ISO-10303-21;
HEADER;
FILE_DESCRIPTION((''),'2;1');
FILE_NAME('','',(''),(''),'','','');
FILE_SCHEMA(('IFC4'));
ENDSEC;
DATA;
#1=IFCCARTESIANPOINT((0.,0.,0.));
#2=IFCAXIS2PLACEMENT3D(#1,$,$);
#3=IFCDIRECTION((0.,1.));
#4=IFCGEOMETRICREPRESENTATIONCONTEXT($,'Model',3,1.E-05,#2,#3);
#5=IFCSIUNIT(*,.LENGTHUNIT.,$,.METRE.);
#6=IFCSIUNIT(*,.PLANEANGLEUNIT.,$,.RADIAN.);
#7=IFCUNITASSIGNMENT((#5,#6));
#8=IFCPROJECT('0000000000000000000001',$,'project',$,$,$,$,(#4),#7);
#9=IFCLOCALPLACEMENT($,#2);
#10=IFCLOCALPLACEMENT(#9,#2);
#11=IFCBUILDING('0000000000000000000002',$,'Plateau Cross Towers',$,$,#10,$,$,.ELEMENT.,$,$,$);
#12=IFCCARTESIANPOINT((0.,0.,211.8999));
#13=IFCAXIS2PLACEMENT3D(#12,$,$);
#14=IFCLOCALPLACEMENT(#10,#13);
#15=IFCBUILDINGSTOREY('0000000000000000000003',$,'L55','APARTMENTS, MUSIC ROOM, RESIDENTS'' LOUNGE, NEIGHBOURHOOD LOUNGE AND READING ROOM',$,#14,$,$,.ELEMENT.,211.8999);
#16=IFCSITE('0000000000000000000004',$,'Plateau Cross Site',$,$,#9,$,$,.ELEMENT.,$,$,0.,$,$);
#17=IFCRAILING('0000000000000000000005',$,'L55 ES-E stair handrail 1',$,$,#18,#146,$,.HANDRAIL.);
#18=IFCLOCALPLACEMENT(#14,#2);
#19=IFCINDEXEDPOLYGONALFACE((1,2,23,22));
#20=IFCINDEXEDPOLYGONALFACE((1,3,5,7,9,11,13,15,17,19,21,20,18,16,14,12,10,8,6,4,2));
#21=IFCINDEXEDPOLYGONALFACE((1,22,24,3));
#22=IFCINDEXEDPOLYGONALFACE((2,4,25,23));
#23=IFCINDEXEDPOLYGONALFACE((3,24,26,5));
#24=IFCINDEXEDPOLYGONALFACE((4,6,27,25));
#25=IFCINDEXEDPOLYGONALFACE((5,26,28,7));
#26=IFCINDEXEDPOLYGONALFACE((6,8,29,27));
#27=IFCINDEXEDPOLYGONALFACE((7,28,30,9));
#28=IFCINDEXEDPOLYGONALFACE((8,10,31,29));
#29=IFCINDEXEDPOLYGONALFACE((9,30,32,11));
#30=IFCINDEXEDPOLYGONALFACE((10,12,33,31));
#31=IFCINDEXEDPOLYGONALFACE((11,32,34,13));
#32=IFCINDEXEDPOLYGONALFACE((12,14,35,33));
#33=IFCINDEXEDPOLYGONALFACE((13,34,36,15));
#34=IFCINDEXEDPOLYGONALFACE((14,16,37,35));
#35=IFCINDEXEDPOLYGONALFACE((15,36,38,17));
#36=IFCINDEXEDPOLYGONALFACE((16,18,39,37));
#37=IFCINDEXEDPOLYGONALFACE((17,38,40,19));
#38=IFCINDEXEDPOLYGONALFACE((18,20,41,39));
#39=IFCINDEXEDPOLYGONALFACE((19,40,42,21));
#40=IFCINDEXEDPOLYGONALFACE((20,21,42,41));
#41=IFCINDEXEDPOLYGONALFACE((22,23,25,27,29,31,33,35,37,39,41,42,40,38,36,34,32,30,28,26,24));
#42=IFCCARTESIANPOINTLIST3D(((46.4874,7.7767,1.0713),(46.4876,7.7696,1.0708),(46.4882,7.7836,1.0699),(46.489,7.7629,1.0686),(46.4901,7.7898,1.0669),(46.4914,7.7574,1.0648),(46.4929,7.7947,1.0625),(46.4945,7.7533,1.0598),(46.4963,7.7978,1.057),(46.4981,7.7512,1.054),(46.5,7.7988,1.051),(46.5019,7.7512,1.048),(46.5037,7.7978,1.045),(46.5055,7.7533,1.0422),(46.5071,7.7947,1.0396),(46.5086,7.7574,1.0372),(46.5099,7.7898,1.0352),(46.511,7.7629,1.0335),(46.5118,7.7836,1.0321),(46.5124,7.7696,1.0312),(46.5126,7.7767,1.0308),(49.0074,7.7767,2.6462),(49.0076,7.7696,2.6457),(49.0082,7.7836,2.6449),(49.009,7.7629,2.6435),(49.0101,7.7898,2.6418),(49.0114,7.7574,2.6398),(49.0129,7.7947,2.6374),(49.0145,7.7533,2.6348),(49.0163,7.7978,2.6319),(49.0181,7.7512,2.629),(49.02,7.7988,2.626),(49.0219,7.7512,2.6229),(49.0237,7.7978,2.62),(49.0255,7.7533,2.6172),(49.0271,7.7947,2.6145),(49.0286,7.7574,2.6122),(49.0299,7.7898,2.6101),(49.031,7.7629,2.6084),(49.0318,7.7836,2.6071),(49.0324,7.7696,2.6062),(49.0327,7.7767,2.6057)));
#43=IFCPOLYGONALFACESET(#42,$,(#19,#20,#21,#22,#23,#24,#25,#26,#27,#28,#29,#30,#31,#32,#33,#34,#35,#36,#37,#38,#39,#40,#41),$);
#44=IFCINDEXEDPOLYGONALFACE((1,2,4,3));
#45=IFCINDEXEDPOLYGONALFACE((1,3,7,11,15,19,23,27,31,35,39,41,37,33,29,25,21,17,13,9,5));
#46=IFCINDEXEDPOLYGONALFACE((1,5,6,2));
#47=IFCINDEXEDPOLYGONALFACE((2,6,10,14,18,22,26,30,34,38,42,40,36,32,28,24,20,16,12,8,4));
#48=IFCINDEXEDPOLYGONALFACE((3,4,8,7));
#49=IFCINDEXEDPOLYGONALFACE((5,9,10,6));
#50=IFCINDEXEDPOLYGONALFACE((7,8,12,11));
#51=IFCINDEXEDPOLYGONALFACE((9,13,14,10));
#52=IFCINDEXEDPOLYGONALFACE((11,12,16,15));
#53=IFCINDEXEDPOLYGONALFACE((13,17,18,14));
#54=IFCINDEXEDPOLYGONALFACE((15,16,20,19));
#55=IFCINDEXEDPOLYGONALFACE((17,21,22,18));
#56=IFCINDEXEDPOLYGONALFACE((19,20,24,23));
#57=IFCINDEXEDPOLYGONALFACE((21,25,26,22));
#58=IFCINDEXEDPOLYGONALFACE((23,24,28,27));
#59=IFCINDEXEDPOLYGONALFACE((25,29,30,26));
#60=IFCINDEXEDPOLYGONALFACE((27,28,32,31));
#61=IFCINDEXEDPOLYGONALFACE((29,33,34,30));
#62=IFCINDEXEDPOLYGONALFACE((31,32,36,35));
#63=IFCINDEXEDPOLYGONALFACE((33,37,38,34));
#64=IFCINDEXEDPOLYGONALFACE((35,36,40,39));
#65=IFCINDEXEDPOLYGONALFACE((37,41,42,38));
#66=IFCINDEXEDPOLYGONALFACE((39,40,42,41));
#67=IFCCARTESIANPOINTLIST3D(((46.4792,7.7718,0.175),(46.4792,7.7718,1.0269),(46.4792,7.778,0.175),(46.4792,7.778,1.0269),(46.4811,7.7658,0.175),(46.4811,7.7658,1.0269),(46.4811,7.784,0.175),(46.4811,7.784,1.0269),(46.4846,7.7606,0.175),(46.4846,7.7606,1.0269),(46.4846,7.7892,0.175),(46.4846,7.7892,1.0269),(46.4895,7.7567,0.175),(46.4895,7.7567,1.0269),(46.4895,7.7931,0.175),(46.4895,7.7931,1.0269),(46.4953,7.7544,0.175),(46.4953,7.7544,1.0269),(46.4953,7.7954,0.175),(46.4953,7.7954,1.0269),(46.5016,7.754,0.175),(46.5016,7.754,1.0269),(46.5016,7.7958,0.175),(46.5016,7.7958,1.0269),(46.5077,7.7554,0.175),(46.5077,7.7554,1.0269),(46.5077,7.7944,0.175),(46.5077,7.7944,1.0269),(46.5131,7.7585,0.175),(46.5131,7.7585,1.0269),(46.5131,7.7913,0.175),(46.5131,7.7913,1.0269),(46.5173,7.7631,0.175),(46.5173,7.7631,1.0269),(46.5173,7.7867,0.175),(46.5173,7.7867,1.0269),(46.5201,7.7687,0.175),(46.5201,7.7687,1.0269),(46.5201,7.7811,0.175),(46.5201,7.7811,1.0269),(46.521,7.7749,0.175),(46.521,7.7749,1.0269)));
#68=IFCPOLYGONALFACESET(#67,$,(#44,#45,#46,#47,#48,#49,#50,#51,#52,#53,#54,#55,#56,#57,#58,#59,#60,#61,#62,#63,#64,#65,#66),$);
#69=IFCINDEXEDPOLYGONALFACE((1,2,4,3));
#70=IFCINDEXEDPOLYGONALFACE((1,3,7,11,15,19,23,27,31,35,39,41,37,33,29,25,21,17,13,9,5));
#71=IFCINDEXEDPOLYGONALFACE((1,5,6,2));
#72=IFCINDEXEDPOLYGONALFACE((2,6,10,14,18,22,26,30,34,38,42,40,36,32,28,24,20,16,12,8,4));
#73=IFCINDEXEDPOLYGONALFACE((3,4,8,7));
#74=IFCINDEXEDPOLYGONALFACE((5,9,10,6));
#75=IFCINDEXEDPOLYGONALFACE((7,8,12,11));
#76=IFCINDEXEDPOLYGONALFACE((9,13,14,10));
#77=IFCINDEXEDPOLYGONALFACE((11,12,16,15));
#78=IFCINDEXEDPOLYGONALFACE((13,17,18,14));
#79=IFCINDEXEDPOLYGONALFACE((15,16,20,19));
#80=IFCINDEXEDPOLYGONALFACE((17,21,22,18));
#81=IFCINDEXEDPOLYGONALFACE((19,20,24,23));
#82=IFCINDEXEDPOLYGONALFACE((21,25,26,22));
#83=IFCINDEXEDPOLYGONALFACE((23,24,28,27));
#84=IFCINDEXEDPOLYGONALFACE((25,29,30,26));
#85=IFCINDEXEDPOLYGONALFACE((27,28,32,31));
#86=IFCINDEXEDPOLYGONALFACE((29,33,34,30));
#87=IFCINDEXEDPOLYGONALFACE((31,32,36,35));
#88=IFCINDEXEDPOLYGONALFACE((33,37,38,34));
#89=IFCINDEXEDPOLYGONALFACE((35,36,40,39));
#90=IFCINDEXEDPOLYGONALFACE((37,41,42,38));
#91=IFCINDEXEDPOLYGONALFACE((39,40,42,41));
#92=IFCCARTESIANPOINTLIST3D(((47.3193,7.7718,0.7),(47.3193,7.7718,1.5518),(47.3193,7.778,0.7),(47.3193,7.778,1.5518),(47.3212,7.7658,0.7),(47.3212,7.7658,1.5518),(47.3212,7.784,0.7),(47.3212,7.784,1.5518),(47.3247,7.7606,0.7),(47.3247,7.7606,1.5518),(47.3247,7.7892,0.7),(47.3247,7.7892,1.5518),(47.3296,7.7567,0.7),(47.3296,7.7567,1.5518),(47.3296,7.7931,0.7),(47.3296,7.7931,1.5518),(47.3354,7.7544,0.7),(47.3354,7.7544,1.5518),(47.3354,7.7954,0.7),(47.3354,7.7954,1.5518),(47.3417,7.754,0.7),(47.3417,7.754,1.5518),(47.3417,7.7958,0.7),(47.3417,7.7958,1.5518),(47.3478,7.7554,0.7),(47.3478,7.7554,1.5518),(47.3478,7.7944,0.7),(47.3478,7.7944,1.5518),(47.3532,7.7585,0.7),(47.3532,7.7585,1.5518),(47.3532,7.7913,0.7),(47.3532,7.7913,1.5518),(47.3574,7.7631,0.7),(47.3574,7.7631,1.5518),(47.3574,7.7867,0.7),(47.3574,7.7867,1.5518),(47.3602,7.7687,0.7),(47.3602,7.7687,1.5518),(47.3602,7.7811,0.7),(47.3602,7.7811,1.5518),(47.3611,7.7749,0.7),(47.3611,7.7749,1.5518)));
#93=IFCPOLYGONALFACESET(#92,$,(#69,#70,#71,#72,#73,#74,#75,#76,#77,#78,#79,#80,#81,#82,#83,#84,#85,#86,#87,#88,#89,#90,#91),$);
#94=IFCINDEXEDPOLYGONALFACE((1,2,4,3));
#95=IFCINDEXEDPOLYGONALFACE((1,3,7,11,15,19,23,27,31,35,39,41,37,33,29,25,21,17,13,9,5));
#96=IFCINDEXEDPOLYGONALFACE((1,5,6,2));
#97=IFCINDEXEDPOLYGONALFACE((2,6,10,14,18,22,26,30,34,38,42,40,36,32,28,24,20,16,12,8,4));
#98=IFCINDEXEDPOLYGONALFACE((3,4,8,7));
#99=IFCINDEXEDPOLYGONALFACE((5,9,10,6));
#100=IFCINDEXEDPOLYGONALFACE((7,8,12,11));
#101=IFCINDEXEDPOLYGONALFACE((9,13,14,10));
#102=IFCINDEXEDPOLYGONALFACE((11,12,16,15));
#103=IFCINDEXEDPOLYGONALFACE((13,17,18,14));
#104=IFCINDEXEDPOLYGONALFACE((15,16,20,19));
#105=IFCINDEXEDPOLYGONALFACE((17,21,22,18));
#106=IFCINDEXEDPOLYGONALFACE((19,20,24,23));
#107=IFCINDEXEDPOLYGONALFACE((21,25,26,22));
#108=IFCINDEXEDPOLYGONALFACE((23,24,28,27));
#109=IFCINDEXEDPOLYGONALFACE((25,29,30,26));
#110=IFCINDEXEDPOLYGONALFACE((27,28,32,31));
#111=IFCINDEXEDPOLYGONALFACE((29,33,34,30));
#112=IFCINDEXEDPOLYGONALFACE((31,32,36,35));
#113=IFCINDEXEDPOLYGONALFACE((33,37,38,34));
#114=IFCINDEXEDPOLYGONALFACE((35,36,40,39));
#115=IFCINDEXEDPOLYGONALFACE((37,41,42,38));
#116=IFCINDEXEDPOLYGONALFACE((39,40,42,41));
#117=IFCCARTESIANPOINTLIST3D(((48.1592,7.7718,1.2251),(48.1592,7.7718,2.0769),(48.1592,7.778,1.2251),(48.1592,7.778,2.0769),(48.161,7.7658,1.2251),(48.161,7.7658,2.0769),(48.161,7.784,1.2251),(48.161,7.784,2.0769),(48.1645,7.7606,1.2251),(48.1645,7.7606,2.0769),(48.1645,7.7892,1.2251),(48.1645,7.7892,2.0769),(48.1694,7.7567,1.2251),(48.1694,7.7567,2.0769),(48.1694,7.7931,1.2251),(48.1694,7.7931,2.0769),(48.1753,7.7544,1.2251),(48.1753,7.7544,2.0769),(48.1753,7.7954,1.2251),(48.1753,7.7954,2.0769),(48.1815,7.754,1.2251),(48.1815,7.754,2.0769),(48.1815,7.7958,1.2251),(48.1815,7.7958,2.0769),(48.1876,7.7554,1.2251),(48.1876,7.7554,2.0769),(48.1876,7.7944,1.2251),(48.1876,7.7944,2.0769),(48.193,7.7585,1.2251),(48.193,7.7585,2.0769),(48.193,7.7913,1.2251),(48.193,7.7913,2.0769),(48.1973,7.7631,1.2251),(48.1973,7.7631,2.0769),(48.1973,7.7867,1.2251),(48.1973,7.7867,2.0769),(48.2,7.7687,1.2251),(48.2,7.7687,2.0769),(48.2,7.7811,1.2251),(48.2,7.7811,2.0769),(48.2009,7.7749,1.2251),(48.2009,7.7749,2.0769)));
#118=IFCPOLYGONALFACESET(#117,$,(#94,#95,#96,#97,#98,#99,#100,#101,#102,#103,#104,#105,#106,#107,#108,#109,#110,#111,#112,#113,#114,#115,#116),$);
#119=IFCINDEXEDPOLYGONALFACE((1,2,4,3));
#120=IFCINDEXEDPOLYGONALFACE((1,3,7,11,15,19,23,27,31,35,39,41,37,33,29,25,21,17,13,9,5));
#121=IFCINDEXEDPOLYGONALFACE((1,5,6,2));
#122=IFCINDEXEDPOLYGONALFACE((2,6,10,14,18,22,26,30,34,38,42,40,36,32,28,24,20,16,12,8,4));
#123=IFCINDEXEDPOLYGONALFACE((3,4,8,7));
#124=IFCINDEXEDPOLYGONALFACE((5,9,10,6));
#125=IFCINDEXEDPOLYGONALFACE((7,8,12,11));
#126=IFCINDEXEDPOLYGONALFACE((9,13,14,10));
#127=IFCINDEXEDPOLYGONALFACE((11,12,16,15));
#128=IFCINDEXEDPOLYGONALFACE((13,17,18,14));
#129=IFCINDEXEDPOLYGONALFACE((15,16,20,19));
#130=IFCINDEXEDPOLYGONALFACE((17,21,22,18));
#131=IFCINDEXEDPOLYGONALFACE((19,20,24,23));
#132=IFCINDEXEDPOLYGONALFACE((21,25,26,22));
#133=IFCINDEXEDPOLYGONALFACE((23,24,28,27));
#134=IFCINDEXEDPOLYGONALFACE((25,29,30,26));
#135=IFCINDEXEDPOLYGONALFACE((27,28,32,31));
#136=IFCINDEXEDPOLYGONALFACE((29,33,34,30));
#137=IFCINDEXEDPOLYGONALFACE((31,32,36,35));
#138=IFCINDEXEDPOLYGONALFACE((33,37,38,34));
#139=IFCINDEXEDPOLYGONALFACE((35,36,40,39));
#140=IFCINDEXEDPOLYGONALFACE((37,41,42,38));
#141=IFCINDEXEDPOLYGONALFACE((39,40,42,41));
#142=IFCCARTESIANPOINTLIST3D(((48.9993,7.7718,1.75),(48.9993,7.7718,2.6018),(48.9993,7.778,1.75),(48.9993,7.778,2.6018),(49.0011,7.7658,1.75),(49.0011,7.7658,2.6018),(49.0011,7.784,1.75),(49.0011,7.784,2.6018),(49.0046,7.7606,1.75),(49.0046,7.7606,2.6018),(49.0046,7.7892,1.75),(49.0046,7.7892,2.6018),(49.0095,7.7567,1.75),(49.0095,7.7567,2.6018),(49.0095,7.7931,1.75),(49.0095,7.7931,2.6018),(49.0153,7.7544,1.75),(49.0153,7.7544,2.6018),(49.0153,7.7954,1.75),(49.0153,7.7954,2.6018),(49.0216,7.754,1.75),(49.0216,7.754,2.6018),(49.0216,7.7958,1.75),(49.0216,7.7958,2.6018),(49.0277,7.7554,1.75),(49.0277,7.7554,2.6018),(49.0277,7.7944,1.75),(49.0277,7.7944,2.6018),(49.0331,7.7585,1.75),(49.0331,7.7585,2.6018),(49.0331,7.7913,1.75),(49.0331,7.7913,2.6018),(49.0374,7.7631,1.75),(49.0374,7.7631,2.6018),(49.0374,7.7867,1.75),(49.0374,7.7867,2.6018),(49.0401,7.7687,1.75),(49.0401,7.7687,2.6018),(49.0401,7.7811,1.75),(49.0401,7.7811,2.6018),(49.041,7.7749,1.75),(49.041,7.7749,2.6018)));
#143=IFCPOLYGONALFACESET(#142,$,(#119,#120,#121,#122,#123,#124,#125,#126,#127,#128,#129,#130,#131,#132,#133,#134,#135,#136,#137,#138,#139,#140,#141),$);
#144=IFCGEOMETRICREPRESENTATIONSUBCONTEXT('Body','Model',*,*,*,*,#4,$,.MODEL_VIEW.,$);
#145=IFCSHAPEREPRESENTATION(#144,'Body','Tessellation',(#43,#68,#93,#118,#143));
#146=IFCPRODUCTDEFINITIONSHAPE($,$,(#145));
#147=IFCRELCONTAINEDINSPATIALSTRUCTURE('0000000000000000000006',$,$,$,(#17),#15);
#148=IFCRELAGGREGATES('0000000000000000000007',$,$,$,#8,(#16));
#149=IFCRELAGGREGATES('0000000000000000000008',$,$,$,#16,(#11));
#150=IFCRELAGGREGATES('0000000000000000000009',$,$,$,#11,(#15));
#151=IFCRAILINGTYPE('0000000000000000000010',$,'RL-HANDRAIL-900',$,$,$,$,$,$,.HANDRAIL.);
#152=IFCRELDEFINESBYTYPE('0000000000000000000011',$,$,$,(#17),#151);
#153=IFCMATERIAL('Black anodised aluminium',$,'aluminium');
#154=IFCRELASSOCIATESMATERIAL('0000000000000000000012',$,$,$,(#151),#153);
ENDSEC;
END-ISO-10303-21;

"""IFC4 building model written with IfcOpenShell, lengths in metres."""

from ifc_helpers import new_model, si_unit, direction, frame, origin, origin_2d, place, context, subcontext, project, spatial, circle, extrude, material, type_object, element, save


model = new_model("IFC4")

# Units and contexts
model_context = context("Model", 3, precision=1e-05, world=origin(), true_north=direction((0.0, 1.0)))
body_context = subcontext(model_context, "Body", "Model", "MODEL_VIEW")
ifc_project = project(units=[si_unit("LENGTHUNIT", "METRE"), si_unit("PLANEANGLEUNIT", "RADIAN")], contexts=[model_context])

# Site, building, storey
site_placement = place(None, origin())
site = spatial("IfcSite", under=ifc_project, at=site_placement, Name="Plateau Cross Site", CompositionType="ELEMENT", RefElevation=0.0)
building_placement = place(site_placement, origin())
building = spatial("IfcBuilding", under=site, at=building_placement, Name="Plateau Cross Towers", CompositionType="ELEMENT")
storey_placement = place(building_placement, frame((0.0, 0.0, 211.8999)))
storey = spatial("IfcBuildingStorey", under=building, at=storey_placement, Name="L55", Description="APARTMENTS, MUSIC ROOM, RESIDENTS' LOUNGE, NEIGHBOURHOOD LOUNGE AND READING ROOM", CompositionType="ELEMENT", Elevation=211.8999)

# Shared definitions
ifc_material_1 = material(Name="Black anodised aluminium", Category="aluminium")

# Railing
railing_type_1 = type_object("IfcRailingType", Name="RL-HANDRAIL-900", PredefinedType="HANDRAIL", material=ifc_material_1)
railing_1_placement = place(storey_placement, frame((46.5, 7.7749, 0.175)))
element("IfcRailing", 1, at=railing_1_placement, inside=storey, type_object=railing_type_1, Name="L55 ES-E stair handrail 1", PredefinedType="HANDRAIL", context=body_context, shape_type="SweptSolid", body=[
    extrude(circle(Radius=0.0239, at=origin_2d()), frame((0.0, 0.0, 0.876), z_axis=(0.848008, 0.0, 0.529984), x_axis=(0.0, 1.0, 0.0)), (0.0, 0.0, 1.0), 2.9717),
    extrude(circle(Radius=0.021, at=origin_2d()), origin(), (0.0, 0.0, 1.0), 0.8518),
    extrude(circle(Radius=0.021, at=origin_2d()), frame((0.8401, 0.0, 0.5249)), (0.0, 0.0, 1.0), 0.8518),
    extrude(circle(Radius=0.021, at=origin_2d()), frame((1.6799, 0.0, 1.05)), (0.0, 0.0, 1.0), 0.8518),
    extrude(circle(Radius=0.021, at=origin_2d()), frame((2.52, 0.0, 1.575)), (0.0, 0.0, 1.0), 0.8518),
])

save(model, "model.ifc")
